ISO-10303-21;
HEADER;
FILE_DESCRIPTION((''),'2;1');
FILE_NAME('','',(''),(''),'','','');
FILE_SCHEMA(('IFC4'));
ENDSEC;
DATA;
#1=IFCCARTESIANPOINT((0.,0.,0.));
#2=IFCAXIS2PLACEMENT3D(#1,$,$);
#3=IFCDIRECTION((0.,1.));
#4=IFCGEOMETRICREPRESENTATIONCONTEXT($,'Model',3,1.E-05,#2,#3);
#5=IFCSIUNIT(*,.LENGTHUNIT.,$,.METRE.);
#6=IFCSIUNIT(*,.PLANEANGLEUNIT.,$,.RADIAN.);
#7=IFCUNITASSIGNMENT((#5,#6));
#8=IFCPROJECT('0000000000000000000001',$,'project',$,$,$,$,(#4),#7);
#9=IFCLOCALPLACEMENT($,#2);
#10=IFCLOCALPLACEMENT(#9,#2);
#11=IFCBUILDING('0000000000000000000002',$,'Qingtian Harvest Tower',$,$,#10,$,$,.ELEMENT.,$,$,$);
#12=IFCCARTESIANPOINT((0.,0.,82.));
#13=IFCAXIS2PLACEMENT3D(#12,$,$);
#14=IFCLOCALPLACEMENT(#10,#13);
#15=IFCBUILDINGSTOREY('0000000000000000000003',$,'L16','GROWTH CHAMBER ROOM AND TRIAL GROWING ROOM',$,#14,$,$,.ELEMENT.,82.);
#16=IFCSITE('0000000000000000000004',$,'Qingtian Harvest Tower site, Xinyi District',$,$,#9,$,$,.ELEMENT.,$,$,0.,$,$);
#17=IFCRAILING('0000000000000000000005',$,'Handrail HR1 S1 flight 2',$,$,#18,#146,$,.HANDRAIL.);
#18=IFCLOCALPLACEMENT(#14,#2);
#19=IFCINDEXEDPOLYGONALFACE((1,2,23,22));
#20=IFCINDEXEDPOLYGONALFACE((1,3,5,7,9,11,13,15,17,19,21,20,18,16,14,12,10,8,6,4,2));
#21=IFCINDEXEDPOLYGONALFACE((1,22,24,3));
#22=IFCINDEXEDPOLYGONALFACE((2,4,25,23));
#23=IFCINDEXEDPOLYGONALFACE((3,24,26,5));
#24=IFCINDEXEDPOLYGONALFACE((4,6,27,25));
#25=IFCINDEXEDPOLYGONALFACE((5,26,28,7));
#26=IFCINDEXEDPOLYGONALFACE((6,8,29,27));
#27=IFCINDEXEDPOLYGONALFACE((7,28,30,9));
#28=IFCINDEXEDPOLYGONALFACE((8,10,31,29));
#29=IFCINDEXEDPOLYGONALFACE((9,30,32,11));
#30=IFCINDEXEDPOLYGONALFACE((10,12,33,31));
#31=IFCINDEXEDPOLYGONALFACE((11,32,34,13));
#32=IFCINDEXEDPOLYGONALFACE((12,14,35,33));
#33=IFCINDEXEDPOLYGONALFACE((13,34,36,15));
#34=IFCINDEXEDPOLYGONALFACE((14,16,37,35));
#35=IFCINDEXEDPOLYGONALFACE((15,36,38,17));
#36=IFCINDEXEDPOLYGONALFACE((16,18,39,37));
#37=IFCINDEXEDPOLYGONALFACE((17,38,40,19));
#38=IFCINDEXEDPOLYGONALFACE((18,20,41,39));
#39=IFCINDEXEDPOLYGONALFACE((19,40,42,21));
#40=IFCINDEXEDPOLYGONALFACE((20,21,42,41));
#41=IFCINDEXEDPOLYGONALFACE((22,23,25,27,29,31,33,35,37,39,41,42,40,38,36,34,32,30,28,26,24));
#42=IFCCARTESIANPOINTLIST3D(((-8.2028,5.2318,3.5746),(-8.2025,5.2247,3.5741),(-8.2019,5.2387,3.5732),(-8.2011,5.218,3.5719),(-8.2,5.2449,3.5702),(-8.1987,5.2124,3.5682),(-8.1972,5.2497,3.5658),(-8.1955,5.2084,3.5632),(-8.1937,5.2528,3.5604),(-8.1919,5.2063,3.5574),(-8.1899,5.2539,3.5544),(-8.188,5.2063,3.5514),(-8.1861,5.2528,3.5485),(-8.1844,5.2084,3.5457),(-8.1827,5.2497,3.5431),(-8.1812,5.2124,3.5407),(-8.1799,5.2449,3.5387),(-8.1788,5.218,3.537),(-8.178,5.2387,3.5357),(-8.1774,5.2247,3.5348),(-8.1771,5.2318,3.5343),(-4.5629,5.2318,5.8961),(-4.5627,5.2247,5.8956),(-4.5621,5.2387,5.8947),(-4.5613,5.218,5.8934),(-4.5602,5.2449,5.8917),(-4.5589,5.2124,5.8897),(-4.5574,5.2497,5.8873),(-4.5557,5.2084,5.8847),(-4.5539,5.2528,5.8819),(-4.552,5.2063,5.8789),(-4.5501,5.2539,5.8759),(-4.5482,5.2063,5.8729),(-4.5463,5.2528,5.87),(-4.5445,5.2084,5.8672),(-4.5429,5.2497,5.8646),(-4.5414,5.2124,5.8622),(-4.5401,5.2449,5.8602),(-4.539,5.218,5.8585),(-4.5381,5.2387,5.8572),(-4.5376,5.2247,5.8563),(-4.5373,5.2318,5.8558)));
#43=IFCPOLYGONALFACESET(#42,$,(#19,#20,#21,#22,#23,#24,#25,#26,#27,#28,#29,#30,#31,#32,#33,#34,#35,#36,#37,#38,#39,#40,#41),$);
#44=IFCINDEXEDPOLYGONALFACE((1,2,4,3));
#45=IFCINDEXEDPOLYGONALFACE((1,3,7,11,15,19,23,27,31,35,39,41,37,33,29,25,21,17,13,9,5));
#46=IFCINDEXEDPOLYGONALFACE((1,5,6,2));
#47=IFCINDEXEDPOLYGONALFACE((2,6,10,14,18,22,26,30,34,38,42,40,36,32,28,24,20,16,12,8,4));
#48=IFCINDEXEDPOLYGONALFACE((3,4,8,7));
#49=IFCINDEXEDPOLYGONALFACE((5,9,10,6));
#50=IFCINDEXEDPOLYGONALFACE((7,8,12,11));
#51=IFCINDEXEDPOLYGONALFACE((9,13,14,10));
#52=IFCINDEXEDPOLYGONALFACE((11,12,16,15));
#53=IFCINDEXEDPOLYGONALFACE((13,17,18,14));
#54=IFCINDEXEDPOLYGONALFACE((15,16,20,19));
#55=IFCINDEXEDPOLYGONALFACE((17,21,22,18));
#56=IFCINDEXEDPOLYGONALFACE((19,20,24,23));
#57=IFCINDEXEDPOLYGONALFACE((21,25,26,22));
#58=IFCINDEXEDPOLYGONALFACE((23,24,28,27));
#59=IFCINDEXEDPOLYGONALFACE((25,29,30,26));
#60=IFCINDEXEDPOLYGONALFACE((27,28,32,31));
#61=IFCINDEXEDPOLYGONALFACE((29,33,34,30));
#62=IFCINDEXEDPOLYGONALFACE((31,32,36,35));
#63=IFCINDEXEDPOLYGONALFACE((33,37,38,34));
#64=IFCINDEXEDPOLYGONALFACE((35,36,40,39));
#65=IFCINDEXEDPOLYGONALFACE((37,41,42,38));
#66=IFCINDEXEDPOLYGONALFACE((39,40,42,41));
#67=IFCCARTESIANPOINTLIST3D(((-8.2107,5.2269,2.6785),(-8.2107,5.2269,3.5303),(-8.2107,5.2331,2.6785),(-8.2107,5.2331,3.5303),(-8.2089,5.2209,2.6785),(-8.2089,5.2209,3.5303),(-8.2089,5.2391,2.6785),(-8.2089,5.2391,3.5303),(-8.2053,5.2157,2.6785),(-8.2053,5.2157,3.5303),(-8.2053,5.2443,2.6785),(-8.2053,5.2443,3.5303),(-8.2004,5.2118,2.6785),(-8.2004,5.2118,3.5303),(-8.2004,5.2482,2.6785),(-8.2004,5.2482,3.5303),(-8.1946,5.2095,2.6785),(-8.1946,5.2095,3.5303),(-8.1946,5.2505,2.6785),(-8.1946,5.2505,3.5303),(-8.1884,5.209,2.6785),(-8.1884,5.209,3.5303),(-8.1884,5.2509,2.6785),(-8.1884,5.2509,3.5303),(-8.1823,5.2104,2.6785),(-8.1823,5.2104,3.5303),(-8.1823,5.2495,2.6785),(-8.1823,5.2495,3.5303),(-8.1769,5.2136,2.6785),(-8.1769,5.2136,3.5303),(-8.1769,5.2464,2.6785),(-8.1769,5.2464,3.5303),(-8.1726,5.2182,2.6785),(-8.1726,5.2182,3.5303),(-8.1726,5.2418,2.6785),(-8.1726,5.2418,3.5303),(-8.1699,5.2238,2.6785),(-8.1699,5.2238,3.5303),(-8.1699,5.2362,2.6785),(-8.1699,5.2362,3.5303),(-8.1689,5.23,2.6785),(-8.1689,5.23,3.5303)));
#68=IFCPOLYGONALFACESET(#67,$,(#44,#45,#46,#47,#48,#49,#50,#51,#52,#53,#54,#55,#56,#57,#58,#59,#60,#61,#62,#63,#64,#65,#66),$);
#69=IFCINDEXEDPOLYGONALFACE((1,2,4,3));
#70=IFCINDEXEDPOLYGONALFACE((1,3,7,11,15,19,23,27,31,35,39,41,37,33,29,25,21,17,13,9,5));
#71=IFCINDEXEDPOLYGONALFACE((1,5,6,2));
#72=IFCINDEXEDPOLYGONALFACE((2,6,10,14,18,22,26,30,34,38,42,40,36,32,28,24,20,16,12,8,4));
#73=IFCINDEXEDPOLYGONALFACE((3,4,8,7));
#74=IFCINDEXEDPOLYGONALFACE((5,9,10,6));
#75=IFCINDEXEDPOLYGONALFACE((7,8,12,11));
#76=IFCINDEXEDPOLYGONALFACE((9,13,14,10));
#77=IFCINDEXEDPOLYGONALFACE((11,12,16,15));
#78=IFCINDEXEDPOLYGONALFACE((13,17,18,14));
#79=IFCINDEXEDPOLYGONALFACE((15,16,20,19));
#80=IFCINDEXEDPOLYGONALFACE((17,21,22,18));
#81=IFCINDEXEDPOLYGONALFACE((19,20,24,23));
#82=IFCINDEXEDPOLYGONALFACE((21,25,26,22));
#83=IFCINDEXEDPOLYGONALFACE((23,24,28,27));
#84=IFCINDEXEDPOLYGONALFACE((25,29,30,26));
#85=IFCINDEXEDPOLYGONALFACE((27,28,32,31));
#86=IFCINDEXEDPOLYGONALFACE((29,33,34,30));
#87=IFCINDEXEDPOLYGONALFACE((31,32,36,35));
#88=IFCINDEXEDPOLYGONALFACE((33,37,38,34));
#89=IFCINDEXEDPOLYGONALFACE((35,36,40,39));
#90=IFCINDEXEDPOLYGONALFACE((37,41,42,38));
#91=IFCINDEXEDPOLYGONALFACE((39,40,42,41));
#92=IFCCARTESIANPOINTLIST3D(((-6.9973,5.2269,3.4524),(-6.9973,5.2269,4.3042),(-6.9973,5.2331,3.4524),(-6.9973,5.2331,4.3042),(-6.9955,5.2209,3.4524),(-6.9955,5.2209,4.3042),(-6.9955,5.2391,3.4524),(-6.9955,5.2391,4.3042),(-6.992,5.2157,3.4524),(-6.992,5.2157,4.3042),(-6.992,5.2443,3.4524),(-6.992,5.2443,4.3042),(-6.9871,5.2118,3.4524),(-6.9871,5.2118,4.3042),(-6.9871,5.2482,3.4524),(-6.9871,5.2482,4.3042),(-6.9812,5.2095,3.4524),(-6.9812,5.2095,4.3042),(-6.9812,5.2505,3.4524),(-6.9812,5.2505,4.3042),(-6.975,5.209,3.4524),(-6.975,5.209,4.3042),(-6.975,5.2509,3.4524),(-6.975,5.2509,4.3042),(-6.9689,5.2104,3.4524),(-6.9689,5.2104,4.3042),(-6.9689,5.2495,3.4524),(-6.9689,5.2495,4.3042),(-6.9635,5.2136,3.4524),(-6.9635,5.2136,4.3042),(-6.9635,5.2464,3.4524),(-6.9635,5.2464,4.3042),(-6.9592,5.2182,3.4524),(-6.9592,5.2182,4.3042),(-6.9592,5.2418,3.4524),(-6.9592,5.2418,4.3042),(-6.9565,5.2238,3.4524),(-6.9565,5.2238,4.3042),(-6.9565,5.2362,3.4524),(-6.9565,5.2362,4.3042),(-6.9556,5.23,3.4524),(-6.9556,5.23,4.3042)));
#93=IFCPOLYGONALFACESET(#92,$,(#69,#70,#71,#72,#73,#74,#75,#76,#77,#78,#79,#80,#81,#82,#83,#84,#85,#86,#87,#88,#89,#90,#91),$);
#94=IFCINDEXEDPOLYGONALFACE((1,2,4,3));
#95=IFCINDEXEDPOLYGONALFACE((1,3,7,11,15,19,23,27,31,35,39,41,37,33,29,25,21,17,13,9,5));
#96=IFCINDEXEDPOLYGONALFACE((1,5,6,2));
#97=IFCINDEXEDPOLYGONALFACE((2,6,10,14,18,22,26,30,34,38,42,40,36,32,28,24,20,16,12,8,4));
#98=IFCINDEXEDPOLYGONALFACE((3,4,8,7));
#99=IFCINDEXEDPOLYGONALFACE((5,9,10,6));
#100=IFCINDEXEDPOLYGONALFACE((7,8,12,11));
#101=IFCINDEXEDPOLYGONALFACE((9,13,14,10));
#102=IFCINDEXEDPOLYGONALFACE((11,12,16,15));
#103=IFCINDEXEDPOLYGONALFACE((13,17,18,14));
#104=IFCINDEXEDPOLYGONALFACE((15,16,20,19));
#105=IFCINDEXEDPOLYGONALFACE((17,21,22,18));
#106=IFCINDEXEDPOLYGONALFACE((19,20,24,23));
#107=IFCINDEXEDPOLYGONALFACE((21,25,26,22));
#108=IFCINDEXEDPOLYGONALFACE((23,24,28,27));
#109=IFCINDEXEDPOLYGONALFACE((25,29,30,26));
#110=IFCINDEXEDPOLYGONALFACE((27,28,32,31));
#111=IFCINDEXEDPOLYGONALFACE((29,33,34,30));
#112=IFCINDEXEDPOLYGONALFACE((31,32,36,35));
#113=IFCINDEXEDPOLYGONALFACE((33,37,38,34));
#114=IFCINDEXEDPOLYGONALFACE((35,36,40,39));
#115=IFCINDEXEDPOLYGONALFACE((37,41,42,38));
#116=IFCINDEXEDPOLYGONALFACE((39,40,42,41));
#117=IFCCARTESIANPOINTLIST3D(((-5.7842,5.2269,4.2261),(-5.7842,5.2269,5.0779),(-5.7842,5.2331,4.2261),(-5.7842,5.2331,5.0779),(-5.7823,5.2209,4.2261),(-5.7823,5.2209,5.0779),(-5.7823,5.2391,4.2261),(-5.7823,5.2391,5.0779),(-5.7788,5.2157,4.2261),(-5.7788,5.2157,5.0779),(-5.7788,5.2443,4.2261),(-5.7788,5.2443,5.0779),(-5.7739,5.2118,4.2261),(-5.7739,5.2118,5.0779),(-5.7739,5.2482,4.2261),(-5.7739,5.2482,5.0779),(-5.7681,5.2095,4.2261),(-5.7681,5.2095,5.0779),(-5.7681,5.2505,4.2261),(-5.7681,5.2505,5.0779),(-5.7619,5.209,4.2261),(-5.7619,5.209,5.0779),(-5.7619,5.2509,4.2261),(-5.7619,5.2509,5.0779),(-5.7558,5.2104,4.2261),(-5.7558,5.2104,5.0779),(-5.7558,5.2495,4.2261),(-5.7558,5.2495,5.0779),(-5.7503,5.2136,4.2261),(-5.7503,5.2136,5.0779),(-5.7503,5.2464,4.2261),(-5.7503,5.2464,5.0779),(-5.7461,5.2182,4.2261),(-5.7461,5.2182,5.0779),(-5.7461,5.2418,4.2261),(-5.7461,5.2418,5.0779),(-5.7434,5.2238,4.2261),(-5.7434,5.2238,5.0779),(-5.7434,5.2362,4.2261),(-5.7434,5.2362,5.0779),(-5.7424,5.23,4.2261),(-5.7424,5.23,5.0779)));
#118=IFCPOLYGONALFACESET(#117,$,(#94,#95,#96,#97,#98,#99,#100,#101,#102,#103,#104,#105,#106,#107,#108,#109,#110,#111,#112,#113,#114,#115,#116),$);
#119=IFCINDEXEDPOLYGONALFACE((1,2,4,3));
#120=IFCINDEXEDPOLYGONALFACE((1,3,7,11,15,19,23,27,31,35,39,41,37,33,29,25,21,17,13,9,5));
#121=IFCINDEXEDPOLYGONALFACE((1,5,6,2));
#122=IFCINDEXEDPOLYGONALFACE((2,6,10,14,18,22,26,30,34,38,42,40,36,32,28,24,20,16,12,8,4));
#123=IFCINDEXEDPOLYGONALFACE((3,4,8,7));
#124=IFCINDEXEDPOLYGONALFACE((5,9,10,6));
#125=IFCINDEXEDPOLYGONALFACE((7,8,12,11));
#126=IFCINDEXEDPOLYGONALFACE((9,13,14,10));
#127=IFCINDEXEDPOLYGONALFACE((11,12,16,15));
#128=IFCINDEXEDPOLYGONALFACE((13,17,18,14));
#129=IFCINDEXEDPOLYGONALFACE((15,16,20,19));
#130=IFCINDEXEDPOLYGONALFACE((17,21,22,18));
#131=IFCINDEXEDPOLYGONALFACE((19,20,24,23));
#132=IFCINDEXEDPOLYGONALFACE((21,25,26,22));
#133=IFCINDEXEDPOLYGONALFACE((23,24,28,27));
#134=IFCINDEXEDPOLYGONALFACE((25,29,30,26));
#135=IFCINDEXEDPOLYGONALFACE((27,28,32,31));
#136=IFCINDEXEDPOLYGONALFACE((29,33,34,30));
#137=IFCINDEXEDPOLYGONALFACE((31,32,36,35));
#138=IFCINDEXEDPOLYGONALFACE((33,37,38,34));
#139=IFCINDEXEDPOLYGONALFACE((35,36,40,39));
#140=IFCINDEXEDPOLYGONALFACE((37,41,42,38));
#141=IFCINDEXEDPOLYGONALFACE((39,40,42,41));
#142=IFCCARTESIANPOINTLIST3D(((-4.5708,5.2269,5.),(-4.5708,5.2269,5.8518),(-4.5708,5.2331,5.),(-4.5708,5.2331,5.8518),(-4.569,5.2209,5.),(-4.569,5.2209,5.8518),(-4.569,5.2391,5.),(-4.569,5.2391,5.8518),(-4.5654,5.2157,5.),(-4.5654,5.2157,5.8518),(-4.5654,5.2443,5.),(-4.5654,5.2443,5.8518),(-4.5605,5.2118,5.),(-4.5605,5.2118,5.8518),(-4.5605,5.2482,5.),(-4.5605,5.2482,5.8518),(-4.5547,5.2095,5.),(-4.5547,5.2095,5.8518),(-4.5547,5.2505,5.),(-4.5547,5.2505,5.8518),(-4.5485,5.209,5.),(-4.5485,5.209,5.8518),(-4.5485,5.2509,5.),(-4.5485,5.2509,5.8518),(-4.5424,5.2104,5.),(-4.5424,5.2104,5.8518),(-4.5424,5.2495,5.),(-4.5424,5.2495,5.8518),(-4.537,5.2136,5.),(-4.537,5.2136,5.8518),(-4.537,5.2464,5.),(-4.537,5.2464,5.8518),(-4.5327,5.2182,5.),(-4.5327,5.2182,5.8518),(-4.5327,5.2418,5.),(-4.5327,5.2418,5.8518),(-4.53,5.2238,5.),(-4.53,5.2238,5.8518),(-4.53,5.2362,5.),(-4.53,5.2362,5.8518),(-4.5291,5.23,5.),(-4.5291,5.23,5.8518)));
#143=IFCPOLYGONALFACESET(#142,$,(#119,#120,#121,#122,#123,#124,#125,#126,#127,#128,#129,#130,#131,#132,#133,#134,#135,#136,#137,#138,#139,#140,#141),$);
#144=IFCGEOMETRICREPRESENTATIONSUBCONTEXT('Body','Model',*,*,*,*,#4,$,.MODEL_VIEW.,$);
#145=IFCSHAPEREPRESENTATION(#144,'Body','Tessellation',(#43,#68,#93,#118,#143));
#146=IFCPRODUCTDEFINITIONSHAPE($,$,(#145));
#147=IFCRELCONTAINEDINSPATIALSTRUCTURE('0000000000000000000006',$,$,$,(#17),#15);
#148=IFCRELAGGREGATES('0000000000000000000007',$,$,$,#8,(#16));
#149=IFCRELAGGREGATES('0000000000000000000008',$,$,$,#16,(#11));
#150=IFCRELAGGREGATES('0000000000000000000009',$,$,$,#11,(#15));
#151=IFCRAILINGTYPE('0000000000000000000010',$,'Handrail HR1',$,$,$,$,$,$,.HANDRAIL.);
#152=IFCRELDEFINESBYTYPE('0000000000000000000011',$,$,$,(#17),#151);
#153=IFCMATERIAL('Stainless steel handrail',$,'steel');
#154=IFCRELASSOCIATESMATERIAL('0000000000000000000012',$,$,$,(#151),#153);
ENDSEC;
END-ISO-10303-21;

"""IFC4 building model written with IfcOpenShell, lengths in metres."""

from ifc_helpers import new_model, si_unit, direction, frame, origin, origin_2d, place, context, subcontext, project, spatial, circle, extrude, material, type_object, element, save


model = new_model("IFC4")

# Units and contexts
model_context = context("Model", 3, precision=1e-05, world=origin(), true_north=direction((0.0, 1.0)))
body_context = subcontext(model_context, "Body", "Model", "MODEL_VIEW")
ifc_project = project(units=[si_unit("LENGTHUNIT", "METRE"), si_unit("PLANEANGLEUNIT", "RADIAN")], contexts=[model_context])

# Site, building, storey
site_placement = place(None, origin())
site = spatial("IfcSite", under=ifc_project, at=site_placement, Name="Qingtian Harvest Tower site, Xinyi District", CompositionType="ELEMENT", RefElevation=0.0)
building_placement = place(site_placement, origin())
building = spatial("IfcBuilding", under=site, at=building_placement, Name="Qingtian Harvest Tower", CompositionType="ELEMENT")
storey_placement = place(building_placement, frame((0.0, 0.0, 82.0)))
storey = spatial("IfcBuildingStorey", under=building, at=storey_placement, Name="L16", Description="GROWTH CHAMBER ROOM AND TRIAL GROWING ROOM", CompositionType="ELEMENT", Elevation=82.0)

# Railing
ifc_material_1 = material(Name="Stainless steel handrail", Category="steel")
railing_type = type_object("IfcRailingType", Name="Handrail HR1", PredefinedType="HANDRAIL", material=ifc_material_1)
railing_1_placement = place(storey_placement, frame((-8.1899, 5.23, 2.6785)))
element("IfcRailing", 1, at=railing_1_placement, inside=storey, type_object=railing_type, Name="Handrail HR1 S1 flight 2", PredefinedType="HANDRAIL", context=body_context, shape_type="SweptSolid", body=[
    extrude(circle(Radius=0.0239, at=origin_2d()), frame((0.0, 0.0, 0.876), z_axis=(0.843112, 0.0, 0.537739), x_axis=(0.0, 1.0, 0.0)), (0.0, 0.0, 1.0), 4.3171),
    extrude(circle(Radius=0.021, at=origin_2d()), origin(), (0.0, 0.0, 1.0), 0.8518),
    extrude(circle(Radius=0.021, at=origin_2d()), frame((1.2134, 0.0, 0.7739)), (0.0, 0.0, 1.0), 0.8518),
    extrude(circle(Radius=0.021, at=origin_2d()), frame((2.4265, 0.0, 1.5476)), (0.0, 0.0, 1.0), 0.8518),
    extrude(circle(Radius=0.021, at=origin_2d()), frame((3.6399, 0.0, 2.3215)), (0.0, 0.0, 1.0), 0.8518),
])

save(model, "model.ifc")
